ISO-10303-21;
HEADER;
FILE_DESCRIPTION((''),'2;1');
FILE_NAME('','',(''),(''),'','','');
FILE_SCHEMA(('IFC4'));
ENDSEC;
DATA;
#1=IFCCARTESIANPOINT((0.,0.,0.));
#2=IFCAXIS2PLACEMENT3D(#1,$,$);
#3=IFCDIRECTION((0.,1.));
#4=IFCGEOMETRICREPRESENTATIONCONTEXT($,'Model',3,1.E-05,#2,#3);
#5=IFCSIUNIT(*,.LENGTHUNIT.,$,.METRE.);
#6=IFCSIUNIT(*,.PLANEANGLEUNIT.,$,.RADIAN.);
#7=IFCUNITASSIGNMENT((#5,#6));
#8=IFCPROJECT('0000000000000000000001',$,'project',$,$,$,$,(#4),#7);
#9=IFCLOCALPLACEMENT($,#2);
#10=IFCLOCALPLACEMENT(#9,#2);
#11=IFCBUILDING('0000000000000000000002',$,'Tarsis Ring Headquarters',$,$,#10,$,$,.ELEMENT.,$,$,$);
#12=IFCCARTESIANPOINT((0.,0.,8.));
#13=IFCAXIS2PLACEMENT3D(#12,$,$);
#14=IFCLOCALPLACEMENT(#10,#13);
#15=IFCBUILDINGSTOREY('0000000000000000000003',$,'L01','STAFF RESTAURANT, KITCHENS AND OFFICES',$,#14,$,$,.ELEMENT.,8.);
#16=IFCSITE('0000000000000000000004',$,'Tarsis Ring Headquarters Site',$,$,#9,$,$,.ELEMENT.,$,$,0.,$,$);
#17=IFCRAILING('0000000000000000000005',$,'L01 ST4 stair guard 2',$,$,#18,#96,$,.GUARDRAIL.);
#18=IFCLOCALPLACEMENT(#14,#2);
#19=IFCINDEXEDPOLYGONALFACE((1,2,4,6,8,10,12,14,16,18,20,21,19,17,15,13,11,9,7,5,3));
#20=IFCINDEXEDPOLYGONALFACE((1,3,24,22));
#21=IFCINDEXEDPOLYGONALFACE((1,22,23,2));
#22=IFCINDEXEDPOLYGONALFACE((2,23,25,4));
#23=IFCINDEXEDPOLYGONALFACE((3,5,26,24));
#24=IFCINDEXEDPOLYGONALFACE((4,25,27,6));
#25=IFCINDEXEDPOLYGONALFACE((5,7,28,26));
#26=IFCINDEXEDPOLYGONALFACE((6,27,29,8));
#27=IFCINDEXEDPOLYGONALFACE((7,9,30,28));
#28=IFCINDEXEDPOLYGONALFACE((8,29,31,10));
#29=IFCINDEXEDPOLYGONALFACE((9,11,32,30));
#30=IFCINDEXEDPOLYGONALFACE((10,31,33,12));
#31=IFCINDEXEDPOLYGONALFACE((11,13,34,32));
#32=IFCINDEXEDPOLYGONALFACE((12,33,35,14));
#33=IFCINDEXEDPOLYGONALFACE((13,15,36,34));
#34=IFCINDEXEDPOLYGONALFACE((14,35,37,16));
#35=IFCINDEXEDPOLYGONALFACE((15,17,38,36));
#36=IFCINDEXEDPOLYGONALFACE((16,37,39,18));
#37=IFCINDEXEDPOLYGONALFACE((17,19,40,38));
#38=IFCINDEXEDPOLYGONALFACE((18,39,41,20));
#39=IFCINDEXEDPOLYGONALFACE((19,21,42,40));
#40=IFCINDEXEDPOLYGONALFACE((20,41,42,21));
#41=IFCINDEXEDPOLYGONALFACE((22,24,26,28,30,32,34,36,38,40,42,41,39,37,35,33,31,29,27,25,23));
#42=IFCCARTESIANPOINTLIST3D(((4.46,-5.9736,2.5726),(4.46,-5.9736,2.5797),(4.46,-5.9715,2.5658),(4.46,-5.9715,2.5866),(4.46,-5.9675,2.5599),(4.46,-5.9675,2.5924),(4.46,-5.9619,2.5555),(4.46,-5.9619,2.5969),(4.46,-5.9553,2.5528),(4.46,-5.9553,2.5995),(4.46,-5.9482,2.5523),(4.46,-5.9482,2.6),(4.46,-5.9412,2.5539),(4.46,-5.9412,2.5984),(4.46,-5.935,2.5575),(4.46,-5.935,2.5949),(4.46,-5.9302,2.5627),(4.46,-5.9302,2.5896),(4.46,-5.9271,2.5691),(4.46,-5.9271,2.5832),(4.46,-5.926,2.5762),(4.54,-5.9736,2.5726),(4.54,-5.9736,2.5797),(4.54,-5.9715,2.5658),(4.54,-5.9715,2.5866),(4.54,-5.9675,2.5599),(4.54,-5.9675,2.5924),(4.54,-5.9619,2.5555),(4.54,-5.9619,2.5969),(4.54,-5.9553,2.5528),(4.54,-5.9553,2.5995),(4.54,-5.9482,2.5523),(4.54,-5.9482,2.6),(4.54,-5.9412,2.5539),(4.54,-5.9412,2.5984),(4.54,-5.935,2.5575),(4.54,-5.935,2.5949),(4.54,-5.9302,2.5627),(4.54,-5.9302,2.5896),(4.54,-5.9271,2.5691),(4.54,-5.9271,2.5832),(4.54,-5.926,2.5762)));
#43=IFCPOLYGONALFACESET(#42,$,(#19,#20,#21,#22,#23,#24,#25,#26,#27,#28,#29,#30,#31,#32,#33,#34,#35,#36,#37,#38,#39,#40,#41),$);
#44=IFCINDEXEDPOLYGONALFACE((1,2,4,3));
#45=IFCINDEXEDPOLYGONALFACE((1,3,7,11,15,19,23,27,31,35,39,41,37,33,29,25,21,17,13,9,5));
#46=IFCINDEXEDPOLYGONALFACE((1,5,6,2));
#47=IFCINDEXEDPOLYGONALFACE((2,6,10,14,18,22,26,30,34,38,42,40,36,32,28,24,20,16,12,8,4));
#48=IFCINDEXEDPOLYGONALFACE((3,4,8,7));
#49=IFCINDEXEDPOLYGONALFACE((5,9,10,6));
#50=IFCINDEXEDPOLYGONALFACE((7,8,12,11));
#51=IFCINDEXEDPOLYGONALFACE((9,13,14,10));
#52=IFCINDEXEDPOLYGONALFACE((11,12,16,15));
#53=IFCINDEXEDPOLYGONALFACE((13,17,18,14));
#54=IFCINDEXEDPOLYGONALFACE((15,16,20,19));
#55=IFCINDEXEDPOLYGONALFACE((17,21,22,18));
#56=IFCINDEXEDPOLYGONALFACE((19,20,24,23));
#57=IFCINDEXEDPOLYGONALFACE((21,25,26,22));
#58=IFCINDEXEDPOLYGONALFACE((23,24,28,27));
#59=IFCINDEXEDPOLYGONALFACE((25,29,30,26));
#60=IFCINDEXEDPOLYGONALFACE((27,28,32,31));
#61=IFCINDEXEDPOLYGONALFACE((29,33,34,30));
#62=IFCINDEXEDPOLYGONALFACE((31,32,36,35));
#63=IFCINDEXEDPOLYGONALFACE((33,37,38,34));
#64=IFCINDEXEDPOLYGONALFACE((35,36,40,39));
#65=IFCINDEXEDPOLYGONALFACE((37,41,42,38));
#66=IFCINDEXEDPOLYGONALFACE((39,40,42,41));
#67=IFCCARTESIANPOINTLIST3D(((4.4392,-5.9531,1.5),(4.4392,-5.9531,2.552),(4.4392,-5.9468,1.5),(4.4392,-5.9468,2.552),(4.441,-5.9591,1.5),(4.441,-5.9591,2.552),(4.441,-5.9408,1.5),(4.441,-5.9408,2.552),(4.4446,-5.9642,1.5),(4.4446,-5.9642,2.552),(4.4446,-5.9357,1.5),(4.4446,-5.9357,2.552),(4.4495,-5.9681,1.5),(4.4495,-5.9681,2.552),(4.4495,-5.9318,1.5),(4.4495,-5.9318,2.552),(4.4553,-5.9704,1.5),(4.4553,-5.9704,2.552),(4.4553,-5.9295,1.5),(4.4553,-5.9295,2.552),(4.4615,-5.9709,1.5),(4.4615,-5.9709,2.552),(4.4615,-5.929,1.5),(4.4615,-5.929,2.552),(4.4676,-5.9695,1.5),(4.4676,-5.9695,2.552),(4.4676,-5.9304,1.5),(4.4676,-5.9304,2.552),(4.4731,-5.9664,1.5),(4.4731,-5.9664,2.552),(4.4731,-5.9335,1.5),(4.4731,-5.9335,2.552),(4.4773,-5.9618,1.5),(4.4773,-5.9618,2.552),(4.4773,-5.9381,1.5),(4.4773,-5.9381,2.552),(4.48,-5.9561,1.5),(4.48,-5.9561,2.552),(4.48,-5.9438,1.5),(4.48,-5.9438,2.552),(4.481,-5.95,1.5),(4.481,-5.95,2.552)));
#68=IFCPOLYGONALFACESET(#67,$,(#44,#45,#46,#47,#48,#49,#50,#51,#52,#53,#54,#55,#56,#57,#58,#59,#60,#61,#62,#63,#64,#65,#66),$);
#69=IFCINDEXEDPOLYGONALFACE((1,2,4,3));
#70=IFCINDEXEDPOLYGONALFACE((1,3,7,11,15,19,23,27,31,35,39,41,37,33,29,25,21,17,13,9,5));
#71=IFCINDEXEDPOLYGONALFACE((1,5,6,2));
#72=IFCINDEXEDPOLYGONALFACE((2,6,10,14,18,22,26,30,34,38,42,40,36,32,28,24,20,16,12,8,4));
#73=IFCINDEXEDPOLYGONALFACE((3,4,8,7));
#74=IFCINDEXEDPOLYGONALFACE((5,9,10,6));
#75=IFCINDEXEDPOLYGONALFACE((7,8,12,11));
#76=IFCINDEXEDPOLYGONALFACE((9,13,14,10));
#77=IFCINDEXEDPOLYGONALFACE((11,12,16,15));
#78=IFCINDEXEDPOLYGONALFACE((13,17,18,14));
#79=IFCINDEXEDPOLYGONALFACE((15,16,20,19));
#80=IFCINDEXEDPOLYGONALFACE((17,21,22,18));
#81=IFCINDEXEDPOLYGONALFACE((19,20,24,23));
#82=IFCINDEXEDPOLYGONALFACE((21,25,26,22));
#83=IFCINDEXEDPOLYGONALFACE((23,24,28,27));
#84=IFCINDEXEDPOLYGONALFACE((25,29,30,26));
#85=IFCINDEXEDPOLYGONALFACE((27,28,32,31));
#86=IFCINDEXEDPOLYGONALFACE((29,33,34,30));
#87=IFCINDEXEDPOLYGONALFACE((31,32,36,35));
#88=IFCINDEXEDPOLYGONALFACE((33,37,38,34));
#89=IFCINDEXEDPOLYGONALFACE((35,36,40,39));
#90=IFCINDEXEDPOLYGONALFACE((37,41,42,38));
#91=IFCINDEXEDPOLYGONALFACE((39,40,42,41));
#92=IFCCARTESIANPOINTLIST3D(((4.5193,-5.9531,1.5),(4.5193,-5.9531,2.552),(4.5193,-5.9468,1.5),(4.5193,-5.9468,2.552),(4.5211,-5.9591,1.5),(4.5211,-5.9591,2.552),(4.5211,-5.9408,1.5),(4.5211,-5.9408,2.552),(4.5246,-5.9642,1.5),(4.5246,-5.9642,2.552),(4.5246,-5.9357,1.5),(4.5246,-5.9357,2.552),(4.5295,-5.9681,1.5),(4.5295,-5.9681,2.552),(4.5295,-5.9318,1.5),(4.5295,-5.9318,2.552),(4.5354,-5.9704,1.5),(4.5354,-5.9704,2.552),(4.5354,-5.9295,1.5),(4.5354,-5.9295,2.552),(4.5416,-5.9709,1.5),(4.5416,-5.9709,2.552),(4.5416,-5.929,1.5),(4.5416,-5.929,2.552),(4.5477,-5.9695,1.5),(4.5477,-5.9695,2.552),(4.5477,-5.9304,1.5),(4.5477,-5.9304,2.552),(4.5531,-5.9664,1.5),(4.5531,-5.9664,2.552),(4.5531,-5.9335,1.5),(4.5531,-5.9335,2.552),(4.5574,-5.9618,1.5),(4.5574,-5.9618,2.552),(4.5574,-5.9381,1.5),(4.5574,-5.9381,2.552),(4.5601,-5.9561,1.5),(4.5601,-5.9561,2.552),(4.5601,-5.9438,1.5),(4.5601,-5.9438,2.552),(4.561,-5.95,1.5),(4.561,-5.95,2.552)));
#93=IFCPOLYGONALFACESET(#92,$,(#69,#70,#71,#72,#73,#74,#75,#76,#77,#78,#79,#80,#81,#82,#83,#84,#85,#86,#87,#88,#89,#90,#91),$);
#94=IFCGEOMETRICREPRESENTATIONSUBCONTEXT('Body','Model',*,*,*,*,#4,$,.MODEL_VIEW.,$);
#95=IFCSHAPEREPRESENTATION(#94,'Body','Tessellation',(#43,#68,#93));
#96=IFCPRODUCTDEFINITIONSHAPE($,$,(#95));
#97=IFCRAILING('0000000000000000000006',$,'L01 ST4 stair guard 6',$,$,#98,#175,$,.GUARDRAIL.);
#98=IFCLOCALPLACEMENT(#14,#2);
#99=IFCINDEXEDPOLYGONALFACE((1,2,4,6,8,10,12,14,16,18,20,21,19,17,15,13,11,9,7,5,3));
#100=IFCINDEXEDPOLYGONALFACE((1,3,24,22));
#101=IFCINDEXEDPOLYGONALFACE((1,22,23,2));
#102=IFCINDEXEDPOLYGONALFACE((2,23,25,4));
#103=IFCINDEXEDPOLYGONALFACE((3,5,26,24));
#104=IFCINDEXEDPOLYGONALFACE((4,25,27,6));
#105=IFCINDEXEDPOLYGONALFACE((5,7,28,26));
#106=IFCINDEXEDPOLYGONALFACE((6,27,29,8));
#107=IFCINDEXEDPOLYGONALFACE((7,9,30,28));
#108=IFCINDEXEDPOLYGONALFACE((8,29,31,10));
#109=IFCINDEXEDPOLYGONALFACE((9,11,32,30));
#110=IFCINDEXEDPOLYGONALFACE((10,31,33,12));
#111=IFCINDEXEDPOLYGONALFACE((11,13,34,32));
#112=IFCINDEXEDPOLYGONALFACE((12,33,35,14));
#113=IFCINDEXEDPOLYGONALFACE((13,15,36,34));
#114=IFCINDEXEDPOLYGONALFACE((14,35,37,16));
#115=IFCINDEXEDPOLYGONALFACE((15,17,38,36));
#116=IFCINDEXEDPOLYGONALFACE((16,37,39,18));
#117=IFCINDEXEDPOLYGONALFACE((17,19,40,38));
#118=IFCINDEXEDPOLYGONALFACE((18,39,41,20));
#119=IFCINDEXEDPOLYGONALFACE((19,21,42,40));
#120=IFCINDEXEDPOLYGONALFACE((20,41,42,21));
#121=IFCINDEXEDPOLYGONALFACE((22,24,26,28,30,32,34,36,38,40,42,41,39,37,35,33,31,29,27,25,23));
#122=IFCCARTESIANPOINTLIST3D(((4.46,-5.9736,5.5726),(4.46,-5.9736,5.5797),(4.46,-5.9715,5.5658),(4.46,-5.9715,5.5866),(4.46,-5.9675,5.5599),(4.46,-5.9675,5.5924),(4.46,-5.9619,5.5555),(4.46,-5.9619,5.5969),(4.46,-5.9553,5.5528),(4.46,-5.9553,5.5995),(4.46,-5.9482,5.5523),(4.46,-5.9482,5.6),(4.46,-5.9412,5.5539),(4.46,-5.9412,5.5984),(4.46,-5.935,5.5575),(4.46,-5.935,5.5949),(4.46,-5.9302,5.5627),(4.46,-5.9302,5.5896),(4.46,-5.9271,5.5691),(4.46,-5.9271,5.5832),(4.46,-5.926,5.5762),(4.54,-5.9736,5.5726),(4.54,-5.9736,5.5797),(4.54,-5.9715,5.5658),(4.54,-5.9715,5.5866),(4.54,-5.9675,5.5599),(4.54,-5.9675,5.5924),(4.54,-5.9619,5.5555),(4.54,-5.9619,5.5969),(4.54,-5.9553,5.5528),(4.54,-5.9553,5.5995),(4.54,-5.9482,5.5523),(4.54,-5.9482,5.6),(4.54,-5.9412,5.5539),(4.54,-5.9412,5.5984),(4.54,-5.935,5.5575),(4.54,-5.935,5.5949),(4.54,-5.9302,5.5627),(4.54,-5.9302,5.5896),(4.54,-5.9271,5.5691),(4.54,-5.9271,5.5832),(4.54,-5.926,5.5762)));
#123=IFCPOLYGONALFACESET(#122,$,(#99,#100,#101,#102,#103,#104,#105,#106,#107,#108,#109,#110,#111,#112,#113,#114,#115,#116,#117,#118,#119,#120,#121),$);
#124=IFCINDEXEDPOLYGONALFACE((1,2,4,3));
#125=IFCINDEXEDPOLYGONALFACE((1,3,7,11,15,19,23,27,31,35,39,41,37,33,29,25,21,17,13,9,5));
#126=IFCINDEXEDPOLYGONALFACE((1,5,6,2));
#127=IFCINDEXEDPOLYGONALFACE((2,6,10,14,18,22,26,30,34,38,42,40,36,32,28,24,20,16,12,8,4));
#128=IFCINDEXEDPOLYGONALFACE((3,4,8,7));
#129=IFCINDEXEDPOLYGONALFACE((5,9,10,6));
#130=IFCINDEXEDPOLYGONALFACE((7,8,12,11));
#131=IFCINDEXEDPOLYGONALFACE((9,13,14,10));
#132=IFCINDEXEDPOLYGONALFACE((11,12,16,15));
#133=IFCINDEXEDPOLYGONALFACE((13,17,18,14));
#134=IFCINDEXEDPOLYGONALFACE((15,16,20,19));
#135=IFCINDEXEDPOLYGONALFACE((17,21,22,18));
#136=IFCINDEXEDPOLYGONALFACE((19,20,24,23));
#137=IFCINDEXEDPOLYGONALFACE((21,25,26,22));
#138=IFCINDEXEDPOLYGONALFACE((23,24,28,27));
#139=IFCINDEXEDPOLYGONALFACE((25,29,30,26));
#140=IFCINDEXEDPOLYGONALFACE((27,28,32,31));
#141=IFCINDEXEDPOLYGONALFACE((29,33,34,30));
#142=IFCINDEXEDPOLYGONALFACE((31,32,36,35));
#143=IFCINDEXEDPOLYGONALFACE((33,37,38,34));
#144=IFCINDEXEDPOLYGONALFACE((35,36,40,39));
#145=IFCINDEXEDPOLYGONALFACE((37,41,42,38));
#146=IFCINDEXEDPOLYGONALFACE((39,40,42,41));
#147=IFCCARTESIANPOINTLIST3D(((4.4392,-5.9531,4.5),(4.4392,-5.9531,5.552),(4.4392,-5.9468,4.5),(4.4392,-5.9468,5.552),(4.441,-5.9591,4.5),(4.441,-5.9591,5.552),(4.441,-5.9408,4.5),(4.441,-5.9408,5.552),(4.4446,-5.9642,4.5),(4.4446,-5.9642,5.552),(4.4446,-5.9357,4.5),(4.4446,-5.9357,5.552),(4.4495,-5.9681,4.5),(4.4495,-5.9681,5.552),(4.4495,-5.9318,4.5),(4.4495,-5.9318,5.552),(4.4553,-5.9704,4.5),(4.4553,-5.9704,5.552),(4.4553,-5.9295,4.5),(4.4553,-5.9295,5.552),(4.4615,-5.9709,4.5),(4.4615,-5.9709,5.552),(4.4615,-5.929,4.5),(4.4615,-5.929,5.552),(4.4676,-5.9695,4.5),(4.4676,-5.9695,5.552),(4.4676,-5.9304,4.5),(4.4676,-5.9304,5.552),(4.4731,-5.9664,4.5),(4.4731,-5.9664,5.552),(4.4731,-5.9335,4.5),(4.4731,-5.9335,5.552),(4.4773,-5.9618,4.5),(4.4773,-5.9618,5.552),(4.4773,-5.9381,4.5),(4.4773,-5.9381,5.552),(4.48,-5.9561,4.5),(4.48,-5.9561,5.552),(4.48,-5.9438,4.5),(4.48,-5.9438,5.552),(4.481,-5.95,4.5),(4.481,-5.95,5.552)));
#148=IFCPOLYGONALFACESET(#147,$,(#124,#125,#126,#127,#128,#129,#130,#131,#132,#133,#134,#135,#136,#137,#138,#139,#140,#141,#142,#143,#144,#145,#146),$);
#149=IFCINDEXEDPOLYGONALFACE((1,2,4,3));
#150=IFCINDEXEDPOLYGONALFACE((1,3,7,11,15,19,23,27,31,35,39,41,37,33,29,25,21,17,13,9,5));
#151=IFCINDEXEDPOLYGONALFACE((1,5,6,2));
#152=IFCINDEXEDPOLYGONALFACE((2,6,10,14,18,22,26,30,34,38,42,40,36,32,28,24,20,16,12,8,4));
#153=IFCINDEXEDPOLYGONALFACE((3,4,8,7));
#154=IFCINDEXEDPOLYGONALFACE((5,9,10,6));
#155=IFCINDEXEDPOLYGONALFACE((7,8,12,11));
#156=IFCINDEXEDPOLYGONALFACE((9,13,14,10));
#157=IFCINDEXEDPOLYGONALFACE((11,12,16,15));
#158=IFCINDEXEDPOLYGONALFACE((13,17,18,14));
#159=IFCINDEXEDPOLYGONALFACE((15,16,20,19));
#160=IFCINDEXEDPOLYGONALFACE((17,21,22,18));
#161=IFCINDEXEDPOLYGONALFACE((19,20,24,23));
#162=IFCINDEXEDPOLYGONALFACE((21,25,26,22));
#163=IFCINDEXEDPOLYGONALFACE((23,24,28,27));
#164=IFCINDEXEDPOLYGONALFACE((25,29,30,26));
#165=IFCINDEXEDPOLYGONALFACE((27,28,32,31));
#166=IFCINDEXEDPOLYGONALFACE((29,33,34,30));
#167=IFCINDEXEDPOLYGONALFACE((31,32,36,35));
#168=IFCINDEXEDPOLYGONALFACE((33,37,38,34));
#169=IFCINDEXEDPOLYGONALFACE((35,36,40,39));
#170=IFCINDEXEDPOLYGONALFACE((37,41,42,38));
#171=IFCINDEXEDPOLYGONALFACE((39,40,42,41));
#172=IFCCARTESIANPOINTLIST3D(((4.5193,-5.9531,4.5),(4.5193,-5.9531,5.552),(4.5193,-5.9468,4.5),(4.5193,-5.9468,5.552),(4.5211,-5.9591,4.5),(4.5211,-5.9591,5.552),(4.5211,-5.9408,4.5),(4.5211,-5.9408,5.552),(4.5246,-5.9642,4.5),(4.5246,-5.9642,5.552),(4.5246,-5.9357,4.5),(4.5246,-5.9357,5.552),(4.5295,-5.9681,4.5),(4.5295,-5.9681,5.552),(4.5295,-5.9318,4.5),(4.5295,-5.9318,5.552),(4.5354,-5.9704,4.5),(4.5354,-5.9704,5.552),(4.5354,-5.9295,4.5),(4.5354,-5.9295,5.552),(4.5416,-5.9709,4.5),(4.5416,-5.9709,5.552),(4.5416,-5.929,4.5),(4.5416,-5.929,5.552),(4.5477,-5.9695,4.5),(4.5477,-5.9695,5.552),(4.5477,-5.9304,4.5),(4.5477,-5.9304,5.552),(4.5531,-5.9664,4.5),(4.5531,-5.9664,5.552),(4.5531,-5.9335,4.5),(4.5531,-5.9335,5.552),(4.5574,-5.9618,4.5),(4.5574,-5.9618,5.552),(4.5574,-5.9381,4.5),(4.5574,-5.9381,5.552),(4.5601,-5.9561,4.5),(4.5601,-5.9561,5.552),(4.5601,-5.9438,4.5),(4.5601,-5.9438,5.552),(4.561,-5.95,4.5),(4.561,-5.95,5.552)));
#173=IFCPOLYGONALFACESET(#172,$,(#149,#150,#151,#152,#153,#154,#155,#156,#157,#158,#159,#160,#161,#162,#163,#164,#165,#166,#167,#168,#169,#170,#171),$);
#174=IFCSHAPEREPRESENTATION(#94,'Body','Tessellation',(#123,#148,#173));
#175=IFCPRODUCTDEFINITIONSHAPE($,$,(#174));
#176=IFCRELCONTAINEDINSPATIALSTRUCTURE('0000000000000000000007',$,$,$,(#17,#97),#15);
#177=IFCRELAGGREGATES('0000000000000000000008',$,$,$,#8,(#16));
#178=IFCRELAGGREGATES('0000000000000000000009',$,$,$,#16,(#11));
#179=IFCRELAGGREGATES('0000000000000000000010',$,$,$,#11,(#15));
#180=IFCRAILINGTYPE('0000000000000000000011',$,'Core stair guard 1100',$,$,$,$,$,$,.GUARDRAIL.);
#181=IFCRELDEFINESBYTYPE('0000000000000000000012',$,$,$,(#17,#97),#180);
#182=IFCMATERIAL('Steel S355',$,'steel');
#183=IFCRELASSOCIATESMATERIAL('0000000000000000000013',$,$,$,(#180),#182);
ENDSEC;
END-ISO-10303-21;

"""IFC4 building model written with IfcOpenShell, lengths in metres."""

from ifc_helpers import new_model, si_unit, direction, frame, origin, origin_2d, place, context, subcontext, project, spatial, circle, extrude, material, type_object, element, save


model = new_model("IFC4")

# Units and contexts
model_context = context("Model", 3, precision=1e-05, world=origin(), true_north=direction((0.0, 1.0)))
body_context = subcontext(model_context, "Body", "Model", "MODEL_VIEW")
ifc_project = project(units=[si_unit("LENGTHUNIT", "METRE"), si_unit("PLANEANGLEUNIT", "RADIAN")], contexts=[model_context])

# Site, building, storey
site_placement = place(None, origin())
site = spatial("IfcSite", under=ifc_project, at=site_placement, Name="Tarsis Ring Headquarters Site", CompositionType="ELEMENT", RefElevation=0.0)
building_placement = place(site_placement, origin())
building = spatial("IfcBuilding", under=site, at=building_placement, Name="Tarsis Ring Headquarters", CompositionType="ELEMENT")
storey_placement = place(building_placement, frame((0.0, 0.0, 8.0)))
storey = spatial("IfcBuildingStorey", under=building, at=storey_placement, Name="L01", Description="STAFF RESTAURANT, KITCHENS AND OFFICES", CompositionType="ELEMENT", Elevation=8.0)

# Railings
ifc_material_1 = material(Name="Steel S355", Category="steel")
railing_type_1 = type_object("IfcRailingType", Name="Core stair guard 1100", PredefinedType="GUARDRAIL", material=ifc_material_1)
for number, where, name in (
    (1, (4.46, -5.95, 1.5), "L01 ST4 stair guard 2"),
    (2, (4.46, -5.95, 4.5), "L01 ST4 stair guard 6"),
):
    element("IfcRailing", number, at=place(storey_placement, frame(where)), inside=storey, type_object=railing_type_1, Name=name, PredefinedType="GUARDRAIL", context=body_context, shape_type="SweptSolid", body=[
        extrude(circle(Radius=0.0239, at=origin_2d()), frame((0.0, 0.0, 1.0762), z_axis=(1.0, 0.0, 0.0), x_axis=(0.0, 1.0, 0.0)), (0.0, 0.0, 1.0), 0.0801),
        extrude(circle(Radius=0.021, at=origin_2d()), origin(), (0.0, 0.0, 1.0), 1.052),
        extrude(circle(Radius=0.021, at=origin_2d()), frame((0.0801, 0.0, 0.0)), (0.0, 0.0, 1.0), 1.052),
    ])

save(model, "model.ifc")
